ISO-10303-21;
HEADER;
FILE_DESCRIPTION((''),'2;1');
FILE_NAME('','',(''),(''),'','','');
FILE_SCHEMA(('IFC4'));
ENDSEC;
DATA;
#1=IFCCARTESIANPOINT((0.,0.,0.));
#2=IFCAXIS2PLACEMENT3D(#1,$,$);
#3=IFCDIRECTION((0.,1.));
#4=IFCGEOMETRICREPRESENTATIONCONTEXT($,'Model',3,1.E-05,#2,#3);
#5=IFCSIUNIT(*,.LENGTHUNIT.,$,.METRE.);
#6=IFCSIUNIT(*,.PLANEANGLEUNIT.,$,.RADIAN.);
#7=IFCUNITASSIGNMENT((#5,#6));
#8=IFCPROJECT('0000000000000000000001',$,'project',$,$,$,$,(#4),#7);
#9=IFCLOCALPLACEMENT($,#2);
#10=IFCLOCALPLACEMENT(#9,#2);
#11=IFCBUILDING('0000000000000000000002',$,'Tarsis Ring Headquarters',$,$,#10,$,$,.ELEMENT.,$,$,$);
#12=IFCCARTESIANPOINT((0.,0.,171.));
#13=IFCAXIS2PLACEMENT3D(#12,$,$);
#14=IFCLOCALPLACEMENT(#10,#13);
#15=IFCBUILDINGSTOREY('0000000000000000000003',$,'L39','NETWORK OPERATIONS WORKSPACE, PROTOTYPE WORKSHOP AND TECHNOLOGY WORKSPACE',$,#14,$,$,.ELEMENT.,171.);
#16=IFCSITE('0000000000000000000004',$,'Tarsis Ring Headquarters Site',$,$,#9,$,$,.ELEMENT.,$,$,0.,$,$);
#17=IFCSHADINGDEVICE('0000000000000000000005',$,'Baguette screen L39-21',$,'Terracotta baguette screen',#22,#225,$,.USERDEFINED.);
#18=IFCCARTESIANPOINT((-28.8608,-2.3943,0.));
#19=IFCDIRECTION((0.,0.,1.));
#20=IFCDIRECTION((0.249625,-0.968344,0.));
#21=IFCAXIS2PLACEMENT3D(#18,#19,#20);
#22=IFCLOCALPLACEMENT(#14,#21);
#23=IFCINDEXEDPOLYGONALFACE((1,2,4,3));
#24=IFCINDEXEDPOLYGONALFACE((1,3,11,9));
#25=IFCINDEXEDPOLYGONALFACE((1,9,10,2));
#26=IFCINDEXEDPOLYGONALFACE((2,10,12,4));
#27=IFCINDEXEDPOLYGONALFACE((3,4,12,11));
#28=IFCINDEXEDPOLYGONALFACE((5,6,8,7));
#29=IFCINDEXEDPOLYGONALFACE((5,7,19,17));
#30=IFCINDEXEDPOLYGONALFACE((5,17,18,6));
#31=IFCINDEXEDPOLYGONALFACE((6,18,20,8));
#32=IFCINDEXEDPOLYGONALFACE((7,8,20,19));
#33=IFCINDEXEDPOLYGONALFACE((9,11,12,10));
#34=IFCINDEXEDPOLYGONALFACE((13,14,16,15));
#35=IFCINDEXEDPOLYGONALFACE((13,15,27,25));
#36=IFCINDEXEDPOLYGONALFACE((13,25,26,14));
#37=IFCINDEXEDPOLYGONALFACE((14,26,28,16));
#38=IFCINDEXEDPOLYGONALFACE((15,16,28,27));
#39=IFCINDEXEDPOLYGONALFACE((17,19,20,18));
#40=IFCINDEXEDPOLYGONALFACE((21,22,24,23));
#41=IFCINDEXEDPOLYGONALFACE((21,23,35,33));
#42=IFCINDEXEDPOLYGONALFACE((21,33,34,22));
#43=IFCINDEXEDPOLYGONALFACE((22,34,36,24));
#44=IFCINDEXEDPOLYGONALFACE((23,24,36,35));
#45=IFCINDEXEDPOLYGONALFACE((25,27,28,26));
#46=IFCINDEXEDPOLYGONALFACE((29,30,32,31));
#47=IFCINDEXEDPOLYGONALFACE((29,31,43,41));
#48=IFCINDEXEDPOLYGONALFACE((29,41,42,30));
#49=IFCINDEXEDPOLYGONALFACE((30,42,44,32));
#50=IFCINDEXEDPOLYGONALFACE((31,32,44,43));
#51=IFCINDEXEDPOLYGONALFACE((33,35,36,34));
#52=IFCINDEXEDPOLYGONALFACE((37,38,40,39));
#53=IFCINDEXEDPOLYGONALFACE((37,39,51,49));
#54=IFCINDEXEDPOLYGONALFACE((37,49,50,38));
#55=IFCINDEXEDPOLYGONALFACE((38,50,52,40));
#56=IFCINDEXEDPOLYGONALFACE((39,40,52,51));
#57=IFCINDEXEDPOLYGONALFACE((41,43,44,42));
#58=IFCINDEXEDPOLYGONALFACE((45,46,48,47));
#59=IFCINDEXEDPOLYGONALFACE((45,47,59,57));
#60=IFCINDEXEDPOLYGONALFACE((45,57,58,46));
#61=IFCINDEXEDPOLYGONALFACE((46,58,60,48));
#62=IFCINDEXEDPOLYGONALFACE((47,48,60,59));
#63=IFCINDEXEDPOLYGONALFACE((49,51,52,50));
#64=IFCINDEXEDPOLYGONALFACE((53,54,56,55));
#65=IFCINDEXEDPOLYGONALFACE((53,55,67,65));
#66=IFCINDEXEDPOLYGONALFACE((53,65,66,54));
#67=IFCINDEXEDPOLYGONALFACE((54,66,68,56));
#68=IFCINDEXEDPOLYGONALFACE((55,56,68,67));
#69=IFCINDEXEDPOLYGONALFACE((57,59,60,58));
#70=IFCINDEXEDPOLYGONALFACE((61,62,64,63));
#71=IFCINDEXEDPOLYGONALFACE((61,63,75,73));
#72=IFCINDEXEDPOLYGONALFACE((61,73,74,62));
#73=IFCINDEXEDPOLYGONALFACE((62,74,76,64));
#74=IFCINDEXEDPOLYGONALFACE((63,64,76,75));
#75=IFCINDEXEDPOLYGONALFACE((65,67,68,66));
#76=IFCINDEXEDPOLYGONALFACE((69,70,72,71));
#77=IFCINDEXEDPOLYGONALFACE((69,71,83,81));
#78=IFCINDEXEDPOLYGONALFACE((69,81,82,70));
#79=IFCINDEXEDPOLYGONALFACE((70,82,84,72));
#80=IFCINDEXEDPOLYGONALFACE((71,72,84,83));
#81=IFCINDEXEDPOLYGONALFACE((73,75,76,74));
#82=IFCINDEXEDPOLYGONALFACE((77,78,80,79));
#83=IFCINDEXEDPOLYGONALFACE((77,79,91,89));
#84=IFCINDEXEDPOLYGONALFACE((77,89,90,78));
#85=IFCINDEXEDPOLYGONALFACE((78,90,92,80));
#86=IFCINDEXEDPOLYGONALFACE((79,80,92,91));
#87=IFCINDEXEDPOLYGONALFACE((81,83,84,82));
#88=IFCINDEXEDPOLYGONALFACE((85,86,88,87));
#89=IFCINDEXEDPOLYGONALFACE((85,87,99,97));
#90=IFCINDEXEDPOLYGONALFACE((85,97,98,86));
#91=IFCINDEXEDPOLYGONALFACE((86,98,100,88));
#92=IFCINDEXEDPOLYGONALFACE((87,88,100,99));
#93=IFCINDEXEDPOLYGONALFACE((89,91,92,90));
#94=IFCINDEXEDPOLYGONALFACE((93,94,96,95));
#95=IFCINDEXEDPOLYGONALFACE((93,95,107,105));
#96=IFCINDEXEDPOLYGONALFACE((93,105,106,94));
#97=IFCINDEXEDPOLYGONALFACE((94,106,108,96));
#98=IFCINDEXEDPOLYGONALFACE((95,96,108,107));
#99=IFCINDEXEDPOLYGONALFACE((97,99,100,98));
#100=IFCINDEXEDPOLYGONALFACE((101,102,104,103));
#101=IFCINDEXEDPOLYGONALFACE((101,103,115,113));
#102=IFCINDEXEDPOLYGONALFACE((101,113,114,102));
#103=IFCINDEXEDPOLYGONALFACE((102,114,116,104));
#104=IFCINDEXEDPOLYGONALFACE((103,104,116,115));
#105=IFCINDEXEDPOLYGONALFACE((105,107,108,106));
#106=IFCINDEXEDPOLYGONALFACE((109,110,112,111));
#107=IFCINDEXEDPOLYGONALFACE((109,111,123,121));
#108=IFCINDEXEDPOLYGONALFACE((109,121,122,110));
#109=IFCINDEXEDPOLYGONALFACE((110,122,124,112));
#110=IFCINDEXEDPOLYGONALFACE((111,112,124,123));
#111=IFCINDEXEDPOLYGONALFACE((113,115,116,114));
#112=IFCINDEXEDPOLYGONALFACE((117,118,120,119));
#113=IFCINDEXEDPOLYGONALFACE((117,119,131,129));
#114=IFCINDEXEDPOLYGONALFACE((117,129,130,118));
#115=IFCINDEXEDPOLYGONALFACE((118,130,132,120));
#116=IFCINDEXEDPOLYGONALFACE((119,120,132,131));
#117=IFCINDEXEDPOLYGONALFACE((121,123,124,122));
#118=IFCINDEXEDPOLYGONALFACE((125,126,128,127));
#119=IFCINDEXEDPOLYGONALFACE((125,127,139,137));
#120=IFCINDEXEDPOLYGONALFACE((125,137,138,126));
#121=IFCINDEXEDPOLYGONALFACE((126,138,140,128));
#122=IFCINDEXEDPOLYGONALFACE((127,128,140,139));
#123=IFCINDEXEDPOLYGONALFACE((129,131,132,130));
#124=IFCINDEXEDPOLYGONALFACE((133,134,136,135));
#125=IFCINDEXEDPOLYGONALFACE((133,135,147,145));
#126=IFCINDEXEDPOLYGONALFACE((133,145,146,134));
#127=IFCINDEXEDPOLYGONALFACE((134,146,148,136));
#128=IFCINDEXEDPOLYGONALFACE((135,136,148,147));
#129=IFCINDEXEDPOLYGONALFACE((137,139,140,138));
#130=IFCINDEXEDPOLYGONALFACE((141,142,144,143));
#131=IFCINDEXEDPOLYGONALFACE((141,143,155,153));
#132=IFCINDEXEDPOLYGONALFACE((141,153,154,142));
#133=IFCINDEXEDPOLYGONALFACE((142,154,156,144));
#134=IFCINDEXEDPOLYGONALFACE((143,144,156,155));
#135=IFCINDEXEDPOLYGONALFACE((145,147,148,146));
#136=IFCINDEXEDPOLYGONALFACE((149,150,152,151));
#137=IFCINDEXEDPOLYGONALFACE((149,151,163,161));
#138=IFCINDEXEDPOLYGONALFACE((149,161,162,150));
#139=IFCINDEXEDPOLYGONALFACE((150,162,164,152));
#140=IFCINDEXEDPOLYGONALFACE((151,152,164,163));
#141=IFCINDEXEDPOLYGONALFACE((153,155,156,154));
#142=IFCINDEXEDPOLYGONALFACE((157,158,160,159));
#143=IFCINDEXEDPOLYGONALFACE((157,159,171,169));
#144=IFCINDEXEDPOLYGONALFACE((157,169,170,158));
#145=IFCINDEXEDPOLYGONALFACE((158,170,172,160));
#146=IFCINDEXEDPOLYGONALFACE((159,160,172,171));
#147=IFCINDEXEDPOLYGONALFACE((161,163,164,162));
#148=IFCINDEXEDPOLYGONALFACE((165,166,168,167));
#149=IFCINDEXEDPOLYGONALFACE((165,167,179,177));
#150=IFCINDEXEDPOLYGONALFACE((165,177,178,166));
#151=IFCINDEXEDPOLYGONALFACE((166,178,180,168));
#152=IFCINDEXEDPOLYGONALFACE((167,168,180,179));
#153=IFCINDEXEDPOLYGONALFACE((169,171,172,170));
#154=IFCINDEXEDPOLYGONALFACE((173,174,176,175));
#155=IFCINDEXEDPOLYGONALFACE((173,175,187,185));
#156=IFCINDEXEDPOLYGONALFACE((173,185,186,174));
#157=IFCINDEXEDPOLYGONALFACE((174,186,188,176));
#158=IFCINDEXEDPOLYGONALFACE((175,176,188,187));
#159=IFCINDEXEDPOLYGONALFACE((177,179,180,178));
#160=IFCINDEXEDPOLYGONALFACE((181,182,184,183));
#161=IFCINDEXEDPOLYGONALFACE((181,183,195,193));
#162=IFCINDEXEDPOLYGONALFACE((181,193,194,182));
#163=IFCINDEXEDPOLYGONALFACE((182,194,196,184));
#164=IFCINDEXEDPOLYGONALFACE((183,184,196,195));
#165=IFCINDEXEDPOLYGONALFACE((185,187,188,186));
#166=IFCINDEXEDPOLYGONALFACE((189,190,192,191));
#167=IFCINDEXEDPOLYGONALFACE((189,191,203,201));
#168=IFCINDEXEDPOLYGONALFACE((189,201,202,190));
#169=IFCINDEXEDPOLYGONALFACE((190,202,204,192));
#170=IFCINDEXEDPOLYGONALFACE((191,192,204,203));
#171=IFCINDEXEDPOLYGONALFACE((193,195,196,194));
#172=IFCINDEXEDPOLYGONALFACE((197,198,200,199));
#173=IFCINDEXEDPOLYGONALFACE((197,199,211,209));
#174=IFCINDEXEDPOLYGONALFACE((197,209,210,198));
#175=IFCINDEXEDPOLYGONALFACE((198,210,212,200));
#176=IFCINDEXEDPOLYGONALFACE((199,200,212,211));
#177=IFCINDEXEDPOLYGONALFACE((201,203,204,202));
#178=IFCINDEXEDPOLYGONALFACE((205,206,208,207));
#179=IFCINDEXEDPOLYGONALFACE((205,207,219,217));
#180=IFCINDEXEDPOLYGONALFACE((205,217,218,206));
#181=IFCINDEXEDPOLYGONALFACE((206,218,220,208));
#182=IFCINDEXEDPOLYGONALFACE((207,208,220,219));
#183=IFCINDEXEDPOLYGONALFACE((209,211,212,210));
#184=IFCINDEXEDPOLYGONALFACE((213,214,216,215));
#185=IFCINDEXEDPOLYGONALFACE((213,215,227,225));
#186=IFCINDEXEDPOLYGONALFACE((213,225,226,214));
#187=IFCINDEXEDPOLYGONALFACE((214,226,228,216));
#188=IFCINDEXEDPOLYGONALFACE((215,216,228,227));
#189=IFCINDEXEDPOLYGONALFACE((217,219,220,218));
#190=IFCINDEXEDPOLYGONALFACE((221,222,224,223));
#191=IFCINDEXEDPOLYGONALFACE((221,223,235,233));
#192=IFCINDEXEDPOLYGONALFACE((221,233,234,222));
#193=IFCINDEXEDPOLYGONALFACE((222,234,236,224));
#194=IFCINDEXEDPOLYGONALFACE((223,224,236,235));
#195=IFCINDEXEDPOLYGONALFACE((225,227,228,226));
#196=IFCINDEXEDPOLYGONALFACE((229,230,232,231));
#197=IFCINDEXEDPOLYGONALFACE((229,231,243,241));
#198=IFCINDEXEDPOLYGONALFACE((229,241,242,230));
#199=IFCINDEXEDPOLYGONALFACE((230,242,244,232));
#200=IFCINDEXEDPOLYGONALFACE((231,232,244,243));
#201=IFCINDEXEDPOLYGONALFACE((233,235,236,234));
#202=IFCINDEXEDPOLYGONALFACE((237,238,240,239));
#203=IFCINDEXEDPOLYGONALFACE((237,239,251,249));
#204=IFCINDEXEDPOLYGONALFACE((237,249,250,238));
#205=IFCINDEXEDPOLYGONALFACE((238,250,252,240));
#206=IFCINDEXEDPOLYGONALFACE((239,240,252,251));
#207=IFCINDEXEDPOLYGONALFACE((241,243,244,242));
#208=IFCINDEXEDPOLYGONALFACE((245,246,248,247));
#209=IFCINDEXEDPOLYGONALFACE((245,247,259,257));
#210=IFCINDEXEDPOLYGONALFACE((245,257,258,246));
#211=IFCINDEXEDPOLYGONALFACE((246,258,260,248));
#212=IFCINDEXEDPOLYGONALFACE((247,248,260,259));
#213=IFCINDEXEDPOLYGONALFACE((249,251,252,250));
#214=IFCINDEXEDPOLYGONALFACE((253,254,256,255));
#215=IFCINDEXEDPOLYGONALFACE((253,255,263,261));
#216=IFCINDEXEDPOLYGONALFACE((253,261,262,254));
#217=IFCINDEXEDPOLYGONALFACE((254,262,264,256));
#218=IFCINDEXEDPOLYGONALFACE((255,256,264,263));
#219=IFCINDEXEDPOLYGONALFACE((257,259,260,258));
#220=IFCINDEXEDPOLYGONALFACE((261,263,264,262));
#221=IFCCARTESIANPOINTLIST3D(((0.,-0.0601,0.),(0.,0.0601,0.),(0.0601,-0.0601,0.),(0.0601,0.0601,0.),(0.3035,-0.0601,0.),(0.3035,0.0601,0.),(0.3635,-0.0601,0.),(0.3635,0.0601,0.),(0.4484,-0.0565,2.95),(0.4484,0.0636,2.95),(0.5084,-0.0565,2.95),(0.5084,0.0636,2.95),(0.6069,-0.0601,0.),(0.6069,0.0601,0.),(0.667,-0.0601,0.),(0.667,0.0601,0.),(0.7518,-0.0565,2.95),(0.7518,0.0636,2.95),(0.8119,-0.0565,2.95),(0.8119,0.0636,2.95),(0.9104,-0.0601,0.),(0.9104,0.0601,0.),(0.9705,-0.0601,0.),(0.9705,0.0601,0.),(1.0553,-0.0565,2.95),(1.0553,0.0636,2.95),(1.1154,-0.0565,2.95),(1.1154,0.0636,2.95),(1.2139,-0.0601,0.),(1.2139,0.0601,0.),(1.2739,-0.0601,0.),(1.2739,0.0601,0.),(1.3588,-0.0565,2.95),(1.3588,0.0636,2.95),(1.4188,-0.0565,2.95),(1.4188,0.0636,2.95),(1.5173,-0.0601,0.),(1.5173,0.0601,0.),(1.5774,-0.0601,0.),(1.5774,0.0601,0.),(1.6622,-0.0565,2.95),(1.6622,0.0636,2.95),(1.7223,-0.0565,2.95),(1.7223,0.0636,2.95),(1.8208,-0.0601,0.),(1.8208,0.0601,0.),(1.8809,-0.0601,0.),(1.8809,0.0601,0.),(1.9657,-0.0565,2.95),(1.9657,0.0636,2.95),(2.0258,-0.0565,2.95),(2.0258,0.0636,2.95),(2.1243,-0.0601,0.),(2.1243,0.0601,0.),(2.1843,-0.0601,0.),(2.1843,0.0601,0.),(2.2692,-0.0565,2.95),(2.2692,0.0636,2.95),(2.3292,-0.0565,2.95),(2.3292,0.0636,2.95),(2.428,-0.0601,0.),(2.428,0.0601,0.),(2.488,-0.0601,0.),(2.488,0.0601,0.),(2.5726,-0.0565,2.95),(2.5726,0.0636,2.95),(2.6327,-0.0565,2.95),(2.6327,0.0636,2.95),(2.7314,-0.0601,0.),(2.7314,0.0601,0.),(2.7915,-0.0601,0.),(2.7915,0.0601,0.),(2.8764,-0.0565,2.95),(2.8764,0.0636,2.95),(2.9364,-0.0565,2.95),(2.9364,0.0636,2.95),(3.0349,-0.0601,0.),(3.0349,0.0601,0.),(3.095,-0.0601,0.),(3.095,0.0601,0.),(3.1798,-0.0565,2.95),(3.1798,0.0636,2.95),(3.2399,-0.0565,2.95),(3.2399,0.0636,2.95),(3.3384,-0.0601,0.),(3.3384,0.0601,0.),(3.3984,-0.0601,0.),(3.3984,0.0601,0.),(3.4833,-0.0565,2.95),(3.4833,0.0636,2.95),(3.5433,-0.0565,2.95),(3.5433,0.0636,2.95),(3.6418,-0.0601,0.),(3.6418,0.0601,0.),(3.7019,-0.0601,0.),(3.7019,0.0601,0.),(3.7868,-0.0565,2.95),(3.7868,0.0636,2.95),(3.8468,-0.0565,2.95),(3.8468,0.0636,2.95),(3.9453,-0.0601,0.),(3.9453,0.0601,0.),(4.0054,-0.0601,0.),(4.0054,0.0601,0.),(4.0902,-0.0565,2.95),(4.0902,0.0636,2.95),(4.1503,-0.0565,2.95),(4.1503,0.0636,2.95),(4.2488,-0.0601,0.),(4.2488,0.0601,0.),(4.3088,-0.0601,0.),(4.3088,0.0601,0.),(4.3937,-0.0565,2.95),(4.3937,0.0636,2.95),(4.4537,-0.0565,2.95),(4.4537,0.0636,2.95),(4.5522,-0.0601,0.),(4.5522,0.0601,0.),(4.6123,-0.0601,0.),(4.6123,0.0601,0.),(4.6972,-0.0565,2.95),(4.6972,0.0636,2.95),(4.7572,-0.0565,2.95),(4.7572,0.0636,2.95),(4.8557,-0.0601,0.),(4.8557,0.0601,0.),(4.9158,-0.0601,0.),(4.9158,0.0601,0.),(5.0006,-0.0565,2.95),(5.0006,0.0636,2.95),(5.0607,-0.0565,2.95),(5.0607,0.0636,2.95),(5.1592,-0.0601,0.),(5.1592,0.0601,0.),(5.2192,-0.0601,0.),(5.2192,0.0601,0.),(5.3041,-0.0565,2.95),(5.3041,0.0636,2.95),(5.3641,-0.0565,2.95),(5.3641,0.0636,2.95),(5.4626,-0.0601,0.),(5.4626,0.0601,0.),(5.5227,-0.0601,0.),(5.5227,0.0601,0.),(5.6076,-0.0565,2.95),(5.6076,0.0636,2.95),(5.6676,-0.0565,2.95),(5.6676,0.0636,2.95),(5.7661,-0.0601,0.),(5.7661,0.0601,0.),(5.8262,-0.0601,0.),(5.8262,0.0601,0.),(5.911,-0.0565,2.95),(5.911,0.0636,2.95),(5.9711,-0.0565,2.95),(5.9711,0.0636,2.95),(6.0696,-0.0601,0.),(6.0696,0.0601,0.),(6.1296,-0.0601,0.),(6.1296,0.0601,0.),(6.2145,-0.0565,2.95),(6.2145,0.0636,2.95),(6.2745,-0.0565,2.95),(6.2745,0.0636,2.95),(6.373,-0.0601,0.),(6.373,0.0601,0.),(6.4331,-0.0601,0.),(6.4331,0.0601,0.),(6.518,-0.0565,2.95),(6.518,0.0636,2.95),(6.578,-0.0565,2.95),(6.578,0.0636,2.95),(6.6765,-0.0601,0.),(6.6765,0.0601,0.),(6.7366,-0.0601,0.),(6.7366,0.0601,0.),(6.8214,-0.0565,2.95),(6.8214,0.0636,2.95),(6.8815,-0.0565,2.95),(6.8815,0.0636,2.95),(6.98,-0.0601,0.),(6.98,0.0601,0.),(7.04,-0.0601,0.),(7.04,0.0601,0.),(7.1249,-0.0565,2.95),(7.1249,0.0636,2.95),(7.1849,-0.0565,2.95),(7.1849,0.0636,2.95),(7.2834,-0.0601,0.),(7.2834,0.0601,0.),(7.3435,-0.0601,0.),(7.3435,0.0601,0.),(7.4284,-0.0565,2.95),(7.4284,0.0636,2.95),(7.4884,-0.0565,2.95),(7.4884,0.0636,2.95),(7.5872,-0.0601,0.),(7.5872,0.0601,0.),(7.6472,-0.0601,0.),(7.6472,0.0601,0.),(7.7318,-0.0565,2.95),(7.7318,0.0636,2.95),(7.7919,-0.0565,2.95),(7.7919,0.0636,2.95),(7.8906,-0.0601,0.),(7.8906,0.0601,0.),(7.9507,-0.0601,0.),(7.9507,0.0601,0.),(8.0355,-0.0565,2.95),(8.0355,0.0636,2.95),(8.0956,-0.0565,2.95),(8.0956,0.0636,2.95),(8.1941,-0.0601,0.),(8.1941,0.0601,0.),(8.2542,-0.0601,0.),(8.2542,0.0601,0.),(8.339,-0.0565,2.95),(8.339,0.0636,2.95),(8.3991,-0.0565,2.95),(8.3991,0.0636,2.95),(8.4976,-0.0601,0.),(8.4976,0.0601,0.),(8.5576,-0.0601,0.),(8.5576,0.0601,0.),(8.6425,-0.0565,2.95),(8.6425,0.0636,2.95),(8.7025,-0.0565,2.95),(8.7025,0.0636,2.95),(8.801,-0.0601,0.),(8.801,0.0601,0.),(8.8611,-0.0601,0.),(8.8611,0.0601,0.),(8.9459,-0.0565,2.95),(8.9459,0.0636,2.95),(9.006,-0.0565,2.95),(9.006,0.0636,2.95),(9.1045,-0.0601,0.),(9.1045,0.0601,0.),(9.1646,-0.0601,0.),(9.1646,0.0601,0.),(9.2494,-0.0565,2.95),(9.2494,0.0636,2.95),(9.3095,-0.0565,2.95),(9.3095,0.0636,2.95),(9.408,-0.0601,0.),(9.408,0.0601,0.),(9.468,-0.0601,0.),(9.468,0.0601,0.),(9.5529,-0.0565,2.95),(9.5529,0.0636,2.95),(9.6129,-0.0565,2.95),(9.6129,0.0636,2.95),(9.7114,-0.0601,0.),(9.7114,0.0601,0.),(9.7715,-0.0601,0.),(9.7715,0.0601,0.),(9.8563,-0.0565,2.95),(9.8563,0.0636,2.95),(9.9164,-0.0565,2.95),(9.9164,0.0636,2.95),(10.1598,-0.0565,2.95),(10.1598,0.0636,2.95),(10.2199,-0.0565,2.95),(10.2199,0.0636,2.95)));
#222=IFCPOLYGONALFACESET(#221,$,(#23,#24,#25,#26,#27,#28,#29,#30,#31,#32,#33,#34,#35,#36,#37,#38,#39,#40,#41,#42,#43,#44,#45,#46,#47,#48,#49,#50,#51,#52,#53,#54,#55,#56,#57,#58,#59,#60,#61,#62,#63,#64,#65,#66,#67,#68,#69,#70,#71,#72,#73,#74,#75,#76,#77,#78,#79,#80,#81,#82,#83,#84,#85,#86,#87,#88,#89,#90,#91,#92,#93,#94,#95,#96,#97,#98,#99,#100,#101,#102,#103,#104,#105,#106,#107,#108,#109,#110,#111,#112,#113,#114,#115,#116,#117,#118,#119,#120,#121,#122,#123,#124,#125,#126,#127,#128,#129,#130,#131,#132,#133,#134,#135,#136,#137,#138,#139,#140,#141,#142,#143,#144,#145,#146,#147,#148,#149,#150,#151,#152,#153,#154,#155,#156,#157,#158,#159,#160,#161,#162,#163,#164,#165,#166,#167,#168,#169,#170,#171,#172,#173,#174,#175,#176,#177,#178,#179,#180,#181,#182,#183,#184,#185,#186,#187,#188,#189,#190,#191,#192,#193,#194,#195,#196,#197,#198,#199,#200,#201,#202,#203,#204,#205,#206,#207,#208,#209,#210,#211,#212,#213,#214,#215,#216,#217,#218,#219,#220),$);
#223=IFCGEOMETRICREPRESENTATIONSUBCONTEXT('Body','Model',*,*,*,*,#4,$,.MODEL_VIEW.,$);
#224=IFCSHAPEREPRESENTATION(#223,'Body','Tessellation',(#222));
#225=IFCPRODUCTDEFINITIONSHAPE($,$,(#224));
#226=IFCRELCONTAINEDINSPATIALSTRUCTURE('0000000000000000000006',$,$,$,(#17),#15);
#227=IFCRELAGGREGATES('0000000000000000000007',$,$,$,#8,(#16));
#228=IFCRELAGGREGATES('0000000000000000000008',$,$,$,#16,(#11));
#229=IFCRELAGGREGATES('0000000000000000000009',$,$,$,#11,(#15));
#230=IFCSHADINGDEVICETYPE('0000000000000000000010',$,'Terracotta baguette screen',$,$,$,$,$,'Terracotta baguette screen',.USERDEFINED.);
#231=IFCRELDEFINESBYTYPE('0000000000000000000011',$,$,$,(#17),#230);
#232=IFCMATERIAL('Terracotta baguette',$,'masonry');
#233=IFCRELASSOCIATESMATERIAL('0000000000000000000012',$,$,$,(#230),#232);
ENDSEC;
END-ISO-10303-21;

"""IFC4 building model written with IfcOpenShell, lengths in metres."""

from ifc_helpers import new_model, si_unit, direction, frame, frame_2d, origin, place, context, subcontext, project, spatial, rectangle, composite_profile, extrude, material, type_object, element, save


model = new_model("IFC4")

# Units and contexts
model_context = context("Model", 3, precision=1e-05, world=origin(), true_north=direction((0.0, 1.0)))
body_context = subcontext(model_context, "Body", "Model", "MODEL_VIEW")
ifc_project = project(units=[si_unit("LENGTHUNIT", "METRE"), si_unit("PLANEANGLEUNIT", "RADIAN")], contexts=[model_context])

# Site, building, storey
site_placement = place(None, origin())
site = spatial("IfcSite", under=ifc_project, at=site_placement, Name="Tarsis Ring Headquarters Site", CompositionType="ELEMENT", RefElevation=0.0)
building_placement = place(site_placement, origin())
building = spatial("IfcBuilding", under=site, at=building_placement, Name="Tarsis Ring Headquarters", CompositionType="ELEMENT")
storey_placement = place(building_placement, frame((0.0, 0.0, 171.0)))
storey = spatial("IfcBuildingStorey", under=building, at=storey_placement, Name="L39", Description="NETWORK OPERATIONS WORKSPACE, PROTOTYPE WORKSHOP AND TECHNOLOGY WORKSPACE", CompositionType="ELEMENT", Elevation=171.0)

# Shading device
ifc_material_1 = material(Name="Terracotta baguette", Category="masonry")
shading_device_type = type_object("IfcShadingDeviceType", Name="Terracotta baguette screen", ElementType="Terracotta baguette screen", PredefinedType="USERDEFINED", material=ifc_material_1)
shading_device_placement = place(storey_placement, frame((-28.8608, -2.3943, 0.0), z_axis=(0.0, 0.0, 1.0), x_axis=(0.249625, -0.968344, 0.0)))
element("IfcShadingDevice", 1, at=shading_device_placement, inside=storey, type_object=shading_device_type, Name="Baguette screen L39-21", ObjectType="Terracotta baguette screen", PredefinedType="USERDEFINED", context=body_context, shape_type="SweptSolid", body=[
    extrude(composite_profile([rectangle(XDim=0.0601, YDim=0.1201, at=frame_2d((0.03, 0.0))), rectangle(XDim=0.0601, YDim=0.1201, at=frame_2d((0.3335, 0.0))), rectangle(XDim=0.0601, YDim=0.1201, at=frame_2d((0.637, 0.0))), rectangle(XDim=0.0601, YDim=0.1201, at=frame_2d((0.9404, 0.0))), rectangle(XDim=0.0601, YDim=0.1201, at=frame_2d((1.2439, 0.0))), rectangle(XDim=0.0601, YDim=0.1201, at=frame_2d((1.5474, 0.0))), rectangle(XDim=0.0601, YDim=0.1201, at=frame_2d((1.8508, 0.0))), rectangle(XDim=0.0601, YDim=0.1201, at=frame_2d((2.1543, 0.0))), rectangle(XDim=0.0601, YDim=0.1201, at=frame_2d((2.458, 0.0))), rectangle(XDim=0.0601, YDim=0.1201, at=frame_2d((2.7615, 0.0))), rectangle(XDim=0.0601, YDim=0.1201, at=frame_2d((3.0649, 0.0))), rectangle(XDim=0.0601, YDim=0.1201, at=frame_2d((3.3684, 0.0))), rectangle(XDim=0.0601, YDim=0.1201, at=frame_2d((3.6719, 0.0))), rectangle(XDim=0.0601, YDim=0.1201, at=frame_2d((3.9753, 0.0))), rectangle(XDim=0.0601, YDim=0.1201, at=frame_2d((4.2788, 0.0))), rectangle(XDim=0.0601, YDim=0.1201, at=frame_2d((4.5823, 0.0))), rectangle(XDim=0.0601, YDim=0.1201, at=frame_2d((4.8857, 0.0))), rectangle(XDim=0.0601, YDim=0.1201, at=frame_2d((5.1892, 0.0))), rectangle(XDim=0.0601, YDim=0.1201, at=frame_2d((5.4927, 0.0))), rectangle(XDim=0.0601, YDim=0.1201, at=frame_2d((5.7961, 0.0))), rectangle(XDim=0.0601, YDim=0.1201, at=frame_2d((6.0996, 0.0))), rectangle(XDim=0.0601, YDim=0.1201, at=frame_2d((6.4031, 0.0))), rectangle(XDim=0.0601, YDim=0.1201, at=frame_2d((6.7065, 0.0))), rectangle(XDim=0.0601, YDim=0.1201, at=frame_2d((7.01, 0.0))), rectangle(XDim=0.0601, YDim=0.1201, at=frame_2d((7.3135, 0.0))), rectangle(XDim=0.0601, YDim=0.1201, at=frame_2d((7.6172, 0.0))), rectangle(XDim=0.0601, YDim=0.1201, at=frame_2d((7.9207, 0.0))), rectangle(XDim=0.0601, YDim=0.1201, at=frame_2d((8.2241, 0.0))), rectangle(XDim=0.0601, YDim=0.1201, at=frame_2d((8.5276, 0.0))), rectangle(XDim=0.0601, YDim=0.1201, at=frame_2d((8.8311, 0.0))), rectangle(XDim=0.0601, YDim=0.1201, at=frame_2d((9.1345, 0.0))), rectangle(XDim=0.0601, YDim=0.1201, at=frame_2d((9.438, 0.0))), rectangle(XDim=0.0601, YDim=0.1201, at=frame_2d((9.7415, 0.0)))]), origin(), (0.150264, 0.001179, 0.988645), 2.9839),
])

save(model, "model.ifc")
